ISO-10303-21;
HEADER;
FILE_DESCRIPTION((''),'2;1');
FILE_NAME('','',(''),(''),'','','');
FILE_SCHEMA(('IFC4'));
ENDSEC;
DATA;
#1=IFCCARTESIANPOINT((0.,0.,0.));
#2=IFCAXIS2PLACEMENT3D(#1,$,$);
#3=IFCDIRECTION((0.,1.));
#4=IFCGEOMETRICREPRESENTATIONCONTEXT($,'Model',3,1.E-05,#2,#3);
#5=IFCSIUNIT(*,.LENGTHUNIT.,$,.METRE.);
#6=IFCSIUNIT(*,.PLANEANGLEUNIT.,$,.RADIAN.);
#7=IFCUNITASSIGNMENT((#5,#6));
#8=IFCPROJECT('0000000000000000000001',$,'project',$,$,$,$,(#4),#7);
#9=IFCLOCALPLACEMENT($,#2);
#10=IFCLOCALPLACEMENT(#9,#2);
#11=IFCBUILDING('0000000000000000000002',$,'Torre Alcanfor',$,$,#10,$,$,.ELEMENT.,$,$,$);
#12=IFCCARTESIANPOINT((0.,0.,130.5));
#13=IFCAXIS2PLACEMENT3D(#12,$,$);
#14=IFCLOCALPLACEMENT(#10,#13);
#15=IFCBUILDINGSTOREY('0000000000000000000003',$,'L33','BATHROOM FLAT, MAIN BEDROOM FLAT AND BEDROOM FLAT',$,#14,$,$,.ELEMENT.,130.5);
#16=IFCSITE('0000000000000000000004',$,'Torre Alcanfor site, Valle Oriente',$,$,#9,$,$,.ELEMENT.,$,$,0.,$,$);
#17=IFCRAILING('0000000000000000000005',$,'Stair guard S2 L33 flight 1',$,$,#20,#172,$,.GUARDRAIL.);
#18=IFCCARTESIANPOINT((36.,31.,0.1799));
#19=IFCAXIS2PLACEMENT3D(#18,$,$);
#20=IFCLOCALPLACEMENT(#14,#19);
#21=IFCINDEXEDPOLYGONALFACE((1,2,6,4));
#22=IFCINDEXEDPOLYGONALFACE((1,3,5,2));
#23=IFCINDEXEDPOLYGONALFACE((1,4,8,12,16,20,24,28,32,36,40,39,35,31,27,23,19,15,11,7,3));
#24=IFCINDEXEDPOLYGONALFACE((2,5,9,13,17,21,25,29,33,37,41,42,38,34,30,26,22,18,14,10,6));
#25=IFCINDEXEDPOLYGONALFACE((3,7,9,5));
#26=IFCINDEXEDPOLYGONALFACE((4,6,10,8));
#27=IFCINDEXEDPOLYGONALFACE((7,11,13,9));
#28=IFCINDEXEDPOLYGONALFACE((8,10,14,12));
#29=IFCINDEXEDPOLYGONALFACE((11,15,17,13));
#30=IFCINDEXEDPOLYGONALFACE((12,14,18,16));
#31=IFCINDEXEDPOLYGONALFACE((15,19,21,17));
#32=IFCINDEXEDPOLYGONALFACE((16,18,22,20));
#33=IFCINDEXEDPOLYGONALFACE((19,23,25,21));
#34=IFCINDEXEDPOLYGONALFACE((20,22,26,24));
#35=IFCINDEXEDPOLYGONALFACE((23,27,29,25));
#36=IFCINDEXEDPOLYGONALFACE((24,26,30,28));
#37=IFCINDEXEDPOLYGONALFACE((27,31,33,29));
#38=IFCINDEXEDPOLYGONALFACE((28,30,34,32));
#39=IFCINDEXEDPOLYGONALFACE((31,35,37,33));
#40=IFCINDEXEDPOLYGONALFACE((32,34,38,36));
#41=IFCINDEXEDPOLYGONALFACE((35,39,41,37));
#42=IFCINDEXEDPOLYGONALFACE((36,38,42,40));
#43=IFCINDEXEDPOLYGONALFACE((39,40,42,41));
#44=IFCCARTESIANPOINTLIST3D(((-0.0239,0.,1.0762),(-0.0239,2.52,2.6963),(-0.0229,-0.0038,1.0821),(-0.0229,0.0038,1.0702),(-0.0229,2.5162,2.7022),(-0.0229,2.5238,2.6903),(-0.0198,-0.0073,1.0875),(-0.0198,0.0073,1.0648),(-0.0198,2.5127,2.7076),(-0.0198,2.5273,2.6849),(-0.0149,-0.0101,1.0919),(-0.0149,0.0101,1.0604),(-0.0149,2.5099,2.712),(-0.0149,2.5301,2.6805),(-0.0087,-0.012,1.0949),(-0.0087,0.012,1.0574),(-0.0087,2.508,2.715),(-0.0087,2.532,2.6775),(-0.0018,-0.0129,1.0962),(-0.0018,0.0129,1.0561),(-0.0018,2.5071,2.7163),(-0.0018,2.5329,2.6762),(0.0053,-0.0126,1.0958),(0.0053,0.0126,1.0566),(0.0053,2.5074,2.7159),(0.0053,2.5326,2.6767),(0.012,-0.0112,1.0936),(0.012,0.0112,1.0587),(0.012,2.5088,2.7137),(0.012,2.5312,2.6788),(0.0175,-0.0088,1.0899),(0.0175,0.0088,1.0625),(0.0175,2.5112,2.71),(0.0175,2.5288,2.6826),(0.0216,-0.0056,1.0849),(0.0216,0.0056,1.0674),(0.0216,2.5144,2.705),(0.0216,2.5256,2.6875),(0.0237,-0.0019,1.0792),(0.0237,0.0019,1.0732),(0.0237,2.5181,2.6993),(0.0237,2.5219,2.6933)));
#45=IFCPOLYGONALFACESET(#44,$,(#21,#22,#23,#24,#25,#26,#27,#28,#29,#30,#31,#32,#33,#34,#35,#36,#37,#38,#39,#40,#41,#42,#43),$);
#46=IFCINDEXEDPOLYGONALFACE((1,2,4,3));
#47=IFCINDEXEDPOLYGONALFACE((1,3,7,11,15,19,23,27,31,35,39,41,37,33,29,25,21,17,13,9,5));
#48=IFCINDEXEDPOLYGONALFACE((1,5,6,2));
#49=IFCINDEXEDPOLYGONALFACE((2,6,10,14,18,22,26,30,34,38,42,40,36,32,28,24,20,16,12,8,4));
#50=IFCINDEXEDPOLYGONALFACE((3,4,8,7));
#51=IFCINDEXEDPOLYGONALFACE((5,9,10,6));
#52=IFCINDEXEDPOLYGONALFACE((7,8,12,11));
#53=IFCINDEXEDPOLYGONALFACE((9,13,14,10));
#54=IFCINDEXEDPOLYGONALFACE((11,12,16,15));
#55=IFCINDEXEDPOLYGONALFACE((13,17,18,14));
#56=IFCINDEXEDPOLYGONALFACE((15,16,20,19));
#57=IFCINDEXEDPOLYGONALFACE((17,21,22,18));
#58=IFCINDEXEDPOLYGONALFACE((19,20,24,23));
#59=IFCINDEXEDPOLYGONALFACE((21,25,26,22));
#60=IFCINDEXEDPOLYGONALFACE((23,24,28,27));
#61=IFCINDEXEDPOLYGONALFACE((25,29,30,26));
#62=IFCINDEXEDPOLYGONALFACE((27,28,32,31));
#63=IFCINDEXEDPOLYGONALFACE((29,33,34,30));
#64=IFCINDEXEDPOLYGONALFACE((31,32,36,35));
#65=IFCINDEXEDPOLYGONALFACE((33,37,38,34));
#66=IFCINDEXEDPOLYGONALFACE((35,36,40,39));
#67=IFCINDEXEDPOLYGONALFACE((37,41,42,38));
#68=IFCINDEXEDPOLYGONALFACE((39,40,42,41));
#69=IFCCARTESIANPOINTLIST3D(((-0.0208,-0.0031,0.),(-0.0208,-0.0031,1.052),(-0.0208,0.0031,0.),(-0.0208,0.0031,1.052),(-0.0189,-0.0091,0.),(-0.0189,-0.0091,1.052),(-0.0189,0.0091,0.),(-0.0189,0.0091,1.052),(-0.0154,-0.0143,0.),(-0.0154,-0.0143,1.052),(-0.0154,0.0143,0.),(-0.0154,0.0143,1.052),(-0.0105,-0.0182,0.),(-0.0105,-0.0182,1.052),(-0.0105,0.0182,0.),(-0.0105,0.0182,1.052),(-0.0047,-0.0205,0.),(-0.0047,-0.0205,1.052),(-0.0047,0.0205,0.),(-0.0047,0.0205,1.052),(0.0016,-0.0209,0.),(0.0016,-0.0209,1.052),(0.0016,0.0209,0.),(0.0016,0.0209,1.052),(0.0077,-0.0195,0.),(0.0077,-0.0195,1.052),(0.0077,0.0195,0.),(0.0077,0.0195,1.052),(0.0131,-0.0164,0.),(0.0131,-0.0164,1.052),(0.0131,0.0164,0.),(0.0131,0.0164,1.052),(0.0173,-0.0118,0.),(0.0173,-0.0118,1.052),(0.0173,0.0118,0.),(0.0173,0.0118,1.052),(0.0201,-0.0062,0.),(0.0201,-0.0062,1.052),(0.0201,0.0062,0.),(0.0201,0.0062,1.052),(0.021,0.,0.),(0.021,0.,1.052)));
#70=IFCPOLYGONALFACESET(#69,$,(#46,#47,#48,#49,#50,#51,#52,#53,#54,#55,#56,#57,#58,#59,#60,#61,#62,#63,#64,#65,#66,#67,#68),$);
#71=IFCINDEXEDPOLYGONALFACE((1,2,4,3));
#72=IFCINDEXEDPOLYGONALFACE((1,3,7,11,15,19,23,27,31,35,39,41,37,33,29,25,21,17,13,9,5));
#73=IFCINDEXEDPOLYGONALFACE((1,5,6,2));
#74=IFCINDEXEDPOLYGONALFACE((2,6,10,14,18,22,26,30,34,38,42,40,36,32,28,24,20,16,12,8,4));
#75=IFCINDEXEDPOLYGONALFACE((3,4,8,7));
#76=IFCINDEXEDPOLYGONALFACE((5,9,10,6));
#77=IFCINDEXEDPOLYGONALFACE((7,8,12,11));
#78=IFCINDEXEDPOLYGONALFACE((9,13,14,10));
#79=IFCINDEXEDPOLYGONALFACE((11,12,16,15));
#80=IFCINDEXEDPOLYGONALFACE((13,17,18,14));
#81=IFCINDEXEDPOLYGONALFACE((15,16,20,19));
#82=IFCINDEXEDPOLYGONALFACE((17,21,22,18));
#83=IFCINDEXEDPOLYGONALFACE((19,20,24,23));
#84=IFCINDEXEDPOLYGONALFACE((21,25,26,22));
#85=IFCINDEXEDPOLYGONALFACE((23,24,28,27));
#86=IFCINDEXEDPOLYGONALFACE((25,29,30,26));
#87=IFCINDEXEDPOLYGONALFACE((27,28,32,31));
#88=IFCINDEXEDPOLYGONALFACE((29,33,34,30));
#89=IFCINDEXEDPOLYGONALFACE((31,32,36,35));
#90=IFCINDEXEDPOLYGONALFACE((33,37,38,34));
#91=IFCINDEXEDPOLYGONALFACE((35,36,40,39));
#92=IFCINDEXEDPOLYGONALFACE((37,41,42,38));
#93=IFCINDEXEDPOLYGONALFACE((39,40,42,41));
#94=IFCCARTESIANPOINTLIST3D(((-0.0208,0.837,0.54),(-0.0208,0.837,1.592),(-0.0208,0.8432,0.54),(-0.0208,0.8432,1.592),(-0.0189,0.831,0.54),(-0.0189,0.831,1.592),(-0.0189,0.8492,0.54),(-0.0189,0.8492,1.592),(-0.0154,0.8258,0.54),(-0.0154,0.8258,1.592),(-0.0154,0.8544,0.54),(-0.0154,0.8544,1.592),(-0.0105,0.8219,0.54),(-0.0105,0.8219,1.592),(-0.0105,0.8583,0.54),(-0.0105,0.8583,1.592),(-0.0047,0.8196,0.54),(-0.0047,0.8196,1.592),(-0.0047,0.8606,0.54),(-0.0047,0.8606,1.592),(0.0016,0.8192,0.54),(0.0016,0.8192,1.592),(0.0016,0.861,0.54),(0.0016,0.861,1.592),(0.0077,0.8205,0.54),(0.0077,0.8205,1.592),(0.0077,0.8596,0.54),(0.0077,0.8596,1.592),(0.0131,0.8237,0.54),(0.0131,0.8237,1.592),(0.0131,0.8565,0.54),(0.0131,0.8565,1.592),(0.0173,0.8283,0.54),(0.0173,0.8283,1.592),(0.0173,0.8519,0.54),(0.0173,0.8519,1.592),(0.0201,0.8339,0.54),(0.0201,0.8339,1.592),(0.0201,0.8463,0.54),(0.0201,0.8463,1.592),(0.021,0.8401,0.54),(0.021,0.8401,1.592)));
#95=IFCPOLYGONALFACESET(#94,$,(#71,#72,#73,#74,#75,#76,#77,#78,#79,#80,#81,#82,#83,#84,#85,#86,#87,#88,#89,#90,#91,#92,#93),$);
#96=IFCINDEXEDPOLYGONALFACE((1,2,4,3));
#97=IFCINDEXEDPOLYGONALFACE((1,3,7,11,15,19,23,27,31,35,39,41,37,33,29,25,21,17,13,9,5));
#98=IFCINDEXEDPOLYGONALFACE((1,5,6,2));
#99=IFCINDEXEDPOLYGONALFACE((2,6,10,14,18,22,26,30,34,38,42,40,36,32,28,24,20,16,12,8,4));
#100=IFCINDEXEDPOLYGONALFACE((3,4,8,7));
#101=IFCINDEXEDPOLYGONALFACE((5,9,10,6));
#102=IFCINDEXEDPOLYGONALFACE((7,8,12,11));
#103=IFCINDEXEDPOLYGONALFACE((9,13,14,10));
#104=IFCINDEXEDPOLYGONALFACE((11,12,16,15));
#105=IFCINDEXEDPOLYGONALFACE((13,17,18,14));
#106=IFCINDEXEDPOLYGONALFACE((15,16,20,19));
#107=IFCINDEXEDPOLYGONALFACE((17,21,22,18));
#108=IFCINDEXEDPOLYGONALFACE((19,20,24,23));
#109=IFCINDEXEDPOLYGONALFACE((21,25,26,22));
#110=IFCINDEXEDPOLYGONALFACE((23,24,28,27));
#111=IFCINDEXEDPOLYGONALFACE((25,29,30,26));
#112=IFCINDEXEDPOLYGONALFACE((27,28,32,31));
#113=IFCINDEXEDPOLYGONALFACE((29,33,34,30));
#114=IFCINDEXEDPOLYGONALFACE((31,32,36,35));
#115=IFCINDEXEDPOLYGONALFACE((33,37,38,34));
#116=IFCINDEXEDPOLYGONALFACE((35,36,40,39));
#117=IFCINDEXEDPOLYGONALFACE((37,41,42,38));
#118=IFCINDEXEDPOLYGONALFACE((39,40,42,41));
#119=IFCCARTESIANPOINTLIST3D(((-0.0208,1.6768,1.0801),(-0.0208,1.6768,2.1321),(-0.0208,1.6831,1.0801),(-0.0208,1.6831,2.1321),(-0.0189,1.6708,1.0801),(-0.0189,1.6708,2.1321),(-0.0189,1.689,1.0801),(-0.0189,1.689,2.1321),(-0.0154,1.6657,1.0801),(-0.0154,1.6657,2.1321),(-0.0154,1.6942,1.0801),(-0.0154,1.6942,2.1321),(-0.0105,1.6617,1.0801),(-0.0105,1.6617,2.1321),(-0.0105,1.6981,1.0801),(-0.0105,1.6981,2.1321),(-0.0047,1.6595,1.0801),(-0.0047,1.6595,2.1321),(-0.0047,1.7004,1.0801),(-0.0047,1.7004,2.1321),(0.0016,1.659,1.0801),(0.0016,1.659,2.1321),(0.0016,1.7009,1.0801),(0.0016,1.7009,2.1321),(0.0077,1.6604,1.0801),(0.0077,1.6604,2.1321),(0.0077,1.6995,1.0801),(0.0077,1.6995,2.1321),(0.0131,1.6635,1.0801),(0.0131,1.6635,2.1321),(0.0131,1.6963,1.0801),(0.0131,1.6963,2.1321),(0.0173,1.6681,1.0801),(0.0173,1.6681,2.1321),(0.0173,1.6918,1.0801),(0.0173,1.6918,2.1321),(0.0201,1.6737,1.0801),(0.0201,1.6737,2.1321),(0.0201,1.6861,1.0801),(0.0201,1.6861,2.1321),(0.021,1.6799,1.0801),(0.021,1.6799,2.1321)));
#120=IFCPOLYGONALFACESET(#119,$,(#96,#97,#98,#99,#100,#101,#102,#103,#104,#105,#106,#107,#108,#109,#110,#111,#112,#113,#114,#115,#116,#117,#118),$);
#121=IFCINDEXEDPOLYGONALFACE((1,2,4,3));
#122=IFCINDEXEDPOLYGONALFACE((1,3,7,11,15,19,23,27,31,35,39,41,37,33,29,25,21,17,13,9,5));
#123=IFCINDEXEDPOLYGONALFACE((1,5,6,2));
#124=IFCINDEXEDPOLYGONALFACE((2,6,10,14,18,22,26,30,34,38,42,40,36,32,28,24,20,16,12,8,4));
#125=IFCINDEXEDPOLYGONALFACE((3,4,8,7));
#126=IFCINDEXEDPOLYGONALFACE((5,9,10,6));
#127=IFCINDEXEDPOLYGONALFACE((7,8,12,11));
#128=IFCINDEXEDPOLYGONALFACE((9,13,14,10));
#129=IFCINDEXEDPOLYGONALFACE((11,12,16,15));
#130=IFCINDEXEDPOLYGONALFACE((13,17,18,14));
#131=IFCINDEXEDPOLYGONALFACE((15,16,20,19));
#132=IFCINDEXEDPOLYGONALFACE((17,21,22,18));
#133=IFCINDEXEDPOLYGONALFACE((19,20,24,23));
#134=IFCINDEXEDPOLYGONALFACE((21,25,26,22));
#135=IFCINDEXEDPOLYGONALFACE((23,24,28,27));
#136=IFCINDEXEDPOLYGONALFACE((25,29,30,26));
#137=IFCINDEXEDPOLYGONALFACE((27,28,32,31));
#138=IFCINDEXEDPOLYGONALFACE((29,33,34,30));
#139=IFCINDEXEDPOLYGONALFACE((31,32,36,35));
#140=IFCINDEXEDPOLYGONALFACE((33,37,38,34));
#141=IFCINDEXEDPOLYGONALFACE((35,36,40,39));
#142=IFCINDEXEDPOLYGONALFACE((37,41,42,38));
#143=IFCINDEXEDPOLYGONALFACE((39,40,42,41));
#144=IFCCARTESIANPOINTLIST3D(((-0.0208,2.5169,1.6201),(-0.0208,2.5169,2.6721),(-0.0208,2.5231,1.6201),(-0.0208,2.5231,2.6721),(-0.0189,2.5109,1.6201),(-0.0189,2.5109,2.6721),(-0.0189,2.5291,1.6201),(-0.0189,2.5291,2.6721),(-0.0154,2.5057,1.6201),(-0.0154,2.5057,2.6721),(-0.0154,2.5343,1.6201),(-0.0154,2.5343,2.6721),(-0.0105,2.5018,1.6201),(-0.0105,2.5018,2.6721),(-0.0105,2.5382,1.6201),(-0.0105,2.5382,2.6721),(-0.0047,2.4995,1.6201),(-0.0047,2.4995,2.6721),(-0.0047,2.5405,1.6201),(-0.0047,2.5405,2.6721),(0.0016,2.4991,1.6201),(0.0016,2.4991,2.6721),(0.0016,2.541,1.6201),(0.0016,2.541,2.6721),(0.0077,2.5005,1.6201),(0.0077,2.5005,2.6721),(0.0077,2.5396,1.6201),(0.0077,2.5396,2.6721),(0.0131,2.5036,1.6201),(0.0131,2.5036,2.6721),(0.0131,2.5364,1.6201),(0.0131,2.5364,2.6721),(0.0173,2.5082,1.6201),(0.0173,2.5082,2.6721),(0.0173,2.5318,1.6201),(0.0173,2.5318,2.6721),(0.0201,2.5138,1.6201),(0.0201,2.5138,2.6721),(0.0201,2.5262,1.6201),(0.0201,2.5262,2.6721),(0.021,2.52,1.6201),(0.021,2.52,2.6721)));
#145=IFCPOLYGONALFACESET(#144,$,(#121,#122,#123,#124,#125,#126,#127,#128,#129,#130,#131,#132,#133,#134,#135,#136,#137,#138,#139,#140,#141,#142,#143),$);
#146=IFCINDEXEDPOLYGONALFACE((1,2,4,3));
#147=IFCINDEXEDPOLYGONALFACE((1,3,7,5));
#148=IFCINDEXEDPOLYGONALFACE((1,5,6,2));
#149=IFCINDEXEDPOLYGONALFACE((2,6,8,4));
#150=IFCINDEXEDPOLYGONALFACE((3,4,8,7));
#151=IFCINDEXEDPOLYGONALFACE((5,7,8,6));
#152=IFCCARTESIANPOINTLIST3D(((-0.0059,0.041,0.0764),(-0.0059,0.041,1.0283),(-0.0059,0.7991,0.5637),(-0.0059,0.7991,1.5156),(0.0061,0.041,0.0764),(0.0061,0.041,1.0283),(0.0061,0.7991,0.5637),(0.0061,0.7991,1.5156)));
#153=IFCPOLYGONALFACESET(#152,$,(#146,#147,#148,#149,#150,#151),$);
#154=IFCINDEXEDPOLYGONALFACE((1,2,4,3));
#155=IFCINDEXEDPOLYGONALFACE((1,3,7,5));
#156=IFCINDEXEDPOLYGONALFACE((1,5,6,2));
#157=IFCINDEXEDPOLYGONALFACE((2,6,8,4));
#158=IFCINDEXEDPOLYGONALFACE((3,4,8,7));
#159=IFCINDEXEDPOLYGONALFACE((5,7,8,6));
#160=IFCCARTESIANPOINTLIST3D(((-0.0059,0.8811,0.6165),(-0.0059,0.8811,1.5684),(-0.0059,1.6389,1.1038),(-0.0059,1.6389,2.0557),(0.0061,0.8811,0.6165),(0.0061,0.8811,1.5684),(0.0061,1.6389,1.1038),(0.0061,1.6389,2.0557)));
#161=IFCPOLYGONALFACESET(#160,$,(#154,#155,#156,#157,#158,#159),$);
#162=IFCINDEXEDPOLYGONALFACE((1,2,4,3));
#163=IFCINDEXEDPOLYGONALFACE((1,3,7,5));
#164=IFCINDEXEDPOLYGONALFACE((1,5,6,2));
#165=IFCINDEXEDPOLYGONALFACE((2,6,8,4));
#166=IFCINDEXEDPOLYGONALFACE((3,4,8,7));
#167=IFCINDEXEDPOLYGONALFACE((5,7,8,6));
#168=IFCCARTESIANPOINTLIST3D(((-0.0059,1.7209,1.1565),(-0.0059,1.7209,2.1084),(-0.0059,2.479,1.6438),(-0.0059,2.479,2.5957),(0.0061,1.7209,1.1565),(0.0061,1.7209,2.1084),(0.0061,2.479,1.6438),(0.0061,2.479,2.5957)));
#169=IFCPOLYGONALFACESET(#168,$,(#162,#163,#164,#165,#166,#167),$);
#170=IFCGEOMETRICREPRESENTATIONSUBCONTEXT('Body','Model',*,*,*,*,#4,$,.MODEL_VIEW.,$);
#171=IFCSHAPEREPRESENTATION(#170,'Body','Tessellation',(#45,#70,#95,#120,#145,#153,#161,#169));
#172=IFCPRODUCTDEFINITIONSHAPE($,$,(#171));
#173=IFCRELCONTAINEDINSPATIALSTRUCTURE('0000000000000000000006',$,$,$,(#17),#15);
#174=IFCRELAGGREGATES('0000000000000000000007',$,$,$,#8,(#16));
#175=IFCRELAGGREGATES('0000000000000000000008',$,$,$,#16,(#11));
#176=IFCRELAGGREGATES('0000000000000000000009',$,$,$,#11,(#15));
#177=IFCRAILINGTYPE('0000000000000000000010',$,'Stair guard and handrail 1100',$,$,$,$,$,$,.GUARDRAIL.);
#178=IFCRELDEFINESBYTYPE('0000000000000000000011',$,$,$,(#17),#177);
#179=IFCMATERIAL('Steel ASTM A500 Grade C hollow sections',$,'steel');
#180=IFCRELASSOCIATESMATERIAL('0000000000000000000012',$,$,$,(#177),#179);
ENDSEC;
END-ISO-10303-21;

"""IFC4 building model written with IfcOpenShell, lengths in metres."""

from ifc_helpers import new_model, si_unit, direction, frame, origin, origin_2d, place, context, subcontext, project, spatial, polyline, circle, outline, extrude, material, type_object, element, save


model = new_model("IFC4")

# Units and contexts
model_context = context("Model", 3, precision=1e-05, world=origin(), true_north=direction((0.0, 1.0)))
body_context = subcontext(model_context, "Body", "Model", "MODEL_VIEW")
ifc_project = project(units=[si_unit("LENGTHUNIT", "METRE"), si_unit("PLANEANGLEUNIT", "RADIAN")], contexts=[model_context])

# Site, building, storey
site_placement = place(None, origin())
site = spatial("IfcSite", under=ifc_project, at=site_placement, Name="Torre Alcanfor site, Valle Oriente", CompositionType="ELEMENT", RefElevation=0.0)
building_placement = place(site_placement, origin())
building = spatial("IfcBuilding", under=site, at=building_placement, Name="Torre Alcanfor", CompositionType="ELEMENT")
storey_placement = place(building_placement, frame((0.0, 0.0, 130.5)))
storey = spatial("IfcBuildingStorey", under=building, at=storey_placement, Name="L33", Description="BATHROOM FLAT, MAIN BEDROOM FLAT AND BEDROOM FLAT", CompositionType="ELEMENT", Elevation=130.5)

# Railing
ifc_material_1 = material(Name="Steel ASTM A500 Grade C hollow sections", Category="steel")
railing_type_1 = type_object("IfcRailingType", Name="Stair guard and handrail 1100", PredefinedType="GUARDRAIL", material=ifc_material_1)
railing_1_placement = place(storey_placement, frame((36.0, 31.0, 0.1799)))
element("IfcRailing", 1, at=railing_1_placement, inside=storey, type_object=railing_type_1, Name="Stair guard S2 L33 flight 1", PredefinedType="GUARDRAIL", context=body_context, shape_type="SweptSolid", body=[
    extrude(circle(Radius=0.0239, at=origin_2d()), frame((0.0, 0.0, 1.0762), z_axis=(0.0, 0.841163, 0.540782), x_axis=(-1.0, 0.0, 0.0)), (0.0, 0.0, 1.0), 2.9958),
    extrude(circle(Radius=0.021, at=origin_2d()), origin(), (0.0, 0.0, 1.0), 1.052),
    extrude(circle(Radius=0.021, at=origin_2d()), frame((0.0, 0.8401, 0.54)), (0.0, 0.0, 1.0), 1.052),
    extrude(circle(Radius=0.021, at=origin_2d()), frame((0.0, 1.6799, 1.0801)), (0.0, 0.0, 1.0), 1.052),
    extrude(circle(Radius=0.021, at=origin_2d()), frame((0.0, 2.52, 1.6201)), (0.0, 0.0, 1.0), 1.052),
    extrude(outline(polyline([(0.041, 0.0764), (0.7991, 0.5637), (0.7991, 1.5156), (0.041, 1.0283), (0.041, 0.0764)])), frame((-0.0059, 0.0, 0.0), z_axis=(1.0, 0.0, 0.0), x_axis=(0.0, 1.0, 0.0)), (0.0, 0.0, 1.0), 0.012),
    extrude(outline(polyline([(0.8811, 0.6165), (1.6389, 1.1038), (1.6389, 2.0557), (0.8811, 1.5684), (0.8811, 0.6165)])), frame((-0.0059, 0.0, 0.0), z_axis=(1.0, 0.0, 0.0), x_axis=(0.0, 1.0, 0.0)), (0.0, 0.0, 1.0), 0.012),
    extrude(outline(polyline([(1.7209, 1.1565), (2.479, 1.6438), (2.479, 2.5957), (1.7209, 2.1084), (1.7209, 1.1565)])), frame((-0.0059, 0.0, 0.0), z_axis=(1.0, 0.0, 0.0), x_axis=(0.0, 1.0, 0.0)), (0.0, 0.0, 1.0), 0.012),
])

save(model, "model.ifc")
